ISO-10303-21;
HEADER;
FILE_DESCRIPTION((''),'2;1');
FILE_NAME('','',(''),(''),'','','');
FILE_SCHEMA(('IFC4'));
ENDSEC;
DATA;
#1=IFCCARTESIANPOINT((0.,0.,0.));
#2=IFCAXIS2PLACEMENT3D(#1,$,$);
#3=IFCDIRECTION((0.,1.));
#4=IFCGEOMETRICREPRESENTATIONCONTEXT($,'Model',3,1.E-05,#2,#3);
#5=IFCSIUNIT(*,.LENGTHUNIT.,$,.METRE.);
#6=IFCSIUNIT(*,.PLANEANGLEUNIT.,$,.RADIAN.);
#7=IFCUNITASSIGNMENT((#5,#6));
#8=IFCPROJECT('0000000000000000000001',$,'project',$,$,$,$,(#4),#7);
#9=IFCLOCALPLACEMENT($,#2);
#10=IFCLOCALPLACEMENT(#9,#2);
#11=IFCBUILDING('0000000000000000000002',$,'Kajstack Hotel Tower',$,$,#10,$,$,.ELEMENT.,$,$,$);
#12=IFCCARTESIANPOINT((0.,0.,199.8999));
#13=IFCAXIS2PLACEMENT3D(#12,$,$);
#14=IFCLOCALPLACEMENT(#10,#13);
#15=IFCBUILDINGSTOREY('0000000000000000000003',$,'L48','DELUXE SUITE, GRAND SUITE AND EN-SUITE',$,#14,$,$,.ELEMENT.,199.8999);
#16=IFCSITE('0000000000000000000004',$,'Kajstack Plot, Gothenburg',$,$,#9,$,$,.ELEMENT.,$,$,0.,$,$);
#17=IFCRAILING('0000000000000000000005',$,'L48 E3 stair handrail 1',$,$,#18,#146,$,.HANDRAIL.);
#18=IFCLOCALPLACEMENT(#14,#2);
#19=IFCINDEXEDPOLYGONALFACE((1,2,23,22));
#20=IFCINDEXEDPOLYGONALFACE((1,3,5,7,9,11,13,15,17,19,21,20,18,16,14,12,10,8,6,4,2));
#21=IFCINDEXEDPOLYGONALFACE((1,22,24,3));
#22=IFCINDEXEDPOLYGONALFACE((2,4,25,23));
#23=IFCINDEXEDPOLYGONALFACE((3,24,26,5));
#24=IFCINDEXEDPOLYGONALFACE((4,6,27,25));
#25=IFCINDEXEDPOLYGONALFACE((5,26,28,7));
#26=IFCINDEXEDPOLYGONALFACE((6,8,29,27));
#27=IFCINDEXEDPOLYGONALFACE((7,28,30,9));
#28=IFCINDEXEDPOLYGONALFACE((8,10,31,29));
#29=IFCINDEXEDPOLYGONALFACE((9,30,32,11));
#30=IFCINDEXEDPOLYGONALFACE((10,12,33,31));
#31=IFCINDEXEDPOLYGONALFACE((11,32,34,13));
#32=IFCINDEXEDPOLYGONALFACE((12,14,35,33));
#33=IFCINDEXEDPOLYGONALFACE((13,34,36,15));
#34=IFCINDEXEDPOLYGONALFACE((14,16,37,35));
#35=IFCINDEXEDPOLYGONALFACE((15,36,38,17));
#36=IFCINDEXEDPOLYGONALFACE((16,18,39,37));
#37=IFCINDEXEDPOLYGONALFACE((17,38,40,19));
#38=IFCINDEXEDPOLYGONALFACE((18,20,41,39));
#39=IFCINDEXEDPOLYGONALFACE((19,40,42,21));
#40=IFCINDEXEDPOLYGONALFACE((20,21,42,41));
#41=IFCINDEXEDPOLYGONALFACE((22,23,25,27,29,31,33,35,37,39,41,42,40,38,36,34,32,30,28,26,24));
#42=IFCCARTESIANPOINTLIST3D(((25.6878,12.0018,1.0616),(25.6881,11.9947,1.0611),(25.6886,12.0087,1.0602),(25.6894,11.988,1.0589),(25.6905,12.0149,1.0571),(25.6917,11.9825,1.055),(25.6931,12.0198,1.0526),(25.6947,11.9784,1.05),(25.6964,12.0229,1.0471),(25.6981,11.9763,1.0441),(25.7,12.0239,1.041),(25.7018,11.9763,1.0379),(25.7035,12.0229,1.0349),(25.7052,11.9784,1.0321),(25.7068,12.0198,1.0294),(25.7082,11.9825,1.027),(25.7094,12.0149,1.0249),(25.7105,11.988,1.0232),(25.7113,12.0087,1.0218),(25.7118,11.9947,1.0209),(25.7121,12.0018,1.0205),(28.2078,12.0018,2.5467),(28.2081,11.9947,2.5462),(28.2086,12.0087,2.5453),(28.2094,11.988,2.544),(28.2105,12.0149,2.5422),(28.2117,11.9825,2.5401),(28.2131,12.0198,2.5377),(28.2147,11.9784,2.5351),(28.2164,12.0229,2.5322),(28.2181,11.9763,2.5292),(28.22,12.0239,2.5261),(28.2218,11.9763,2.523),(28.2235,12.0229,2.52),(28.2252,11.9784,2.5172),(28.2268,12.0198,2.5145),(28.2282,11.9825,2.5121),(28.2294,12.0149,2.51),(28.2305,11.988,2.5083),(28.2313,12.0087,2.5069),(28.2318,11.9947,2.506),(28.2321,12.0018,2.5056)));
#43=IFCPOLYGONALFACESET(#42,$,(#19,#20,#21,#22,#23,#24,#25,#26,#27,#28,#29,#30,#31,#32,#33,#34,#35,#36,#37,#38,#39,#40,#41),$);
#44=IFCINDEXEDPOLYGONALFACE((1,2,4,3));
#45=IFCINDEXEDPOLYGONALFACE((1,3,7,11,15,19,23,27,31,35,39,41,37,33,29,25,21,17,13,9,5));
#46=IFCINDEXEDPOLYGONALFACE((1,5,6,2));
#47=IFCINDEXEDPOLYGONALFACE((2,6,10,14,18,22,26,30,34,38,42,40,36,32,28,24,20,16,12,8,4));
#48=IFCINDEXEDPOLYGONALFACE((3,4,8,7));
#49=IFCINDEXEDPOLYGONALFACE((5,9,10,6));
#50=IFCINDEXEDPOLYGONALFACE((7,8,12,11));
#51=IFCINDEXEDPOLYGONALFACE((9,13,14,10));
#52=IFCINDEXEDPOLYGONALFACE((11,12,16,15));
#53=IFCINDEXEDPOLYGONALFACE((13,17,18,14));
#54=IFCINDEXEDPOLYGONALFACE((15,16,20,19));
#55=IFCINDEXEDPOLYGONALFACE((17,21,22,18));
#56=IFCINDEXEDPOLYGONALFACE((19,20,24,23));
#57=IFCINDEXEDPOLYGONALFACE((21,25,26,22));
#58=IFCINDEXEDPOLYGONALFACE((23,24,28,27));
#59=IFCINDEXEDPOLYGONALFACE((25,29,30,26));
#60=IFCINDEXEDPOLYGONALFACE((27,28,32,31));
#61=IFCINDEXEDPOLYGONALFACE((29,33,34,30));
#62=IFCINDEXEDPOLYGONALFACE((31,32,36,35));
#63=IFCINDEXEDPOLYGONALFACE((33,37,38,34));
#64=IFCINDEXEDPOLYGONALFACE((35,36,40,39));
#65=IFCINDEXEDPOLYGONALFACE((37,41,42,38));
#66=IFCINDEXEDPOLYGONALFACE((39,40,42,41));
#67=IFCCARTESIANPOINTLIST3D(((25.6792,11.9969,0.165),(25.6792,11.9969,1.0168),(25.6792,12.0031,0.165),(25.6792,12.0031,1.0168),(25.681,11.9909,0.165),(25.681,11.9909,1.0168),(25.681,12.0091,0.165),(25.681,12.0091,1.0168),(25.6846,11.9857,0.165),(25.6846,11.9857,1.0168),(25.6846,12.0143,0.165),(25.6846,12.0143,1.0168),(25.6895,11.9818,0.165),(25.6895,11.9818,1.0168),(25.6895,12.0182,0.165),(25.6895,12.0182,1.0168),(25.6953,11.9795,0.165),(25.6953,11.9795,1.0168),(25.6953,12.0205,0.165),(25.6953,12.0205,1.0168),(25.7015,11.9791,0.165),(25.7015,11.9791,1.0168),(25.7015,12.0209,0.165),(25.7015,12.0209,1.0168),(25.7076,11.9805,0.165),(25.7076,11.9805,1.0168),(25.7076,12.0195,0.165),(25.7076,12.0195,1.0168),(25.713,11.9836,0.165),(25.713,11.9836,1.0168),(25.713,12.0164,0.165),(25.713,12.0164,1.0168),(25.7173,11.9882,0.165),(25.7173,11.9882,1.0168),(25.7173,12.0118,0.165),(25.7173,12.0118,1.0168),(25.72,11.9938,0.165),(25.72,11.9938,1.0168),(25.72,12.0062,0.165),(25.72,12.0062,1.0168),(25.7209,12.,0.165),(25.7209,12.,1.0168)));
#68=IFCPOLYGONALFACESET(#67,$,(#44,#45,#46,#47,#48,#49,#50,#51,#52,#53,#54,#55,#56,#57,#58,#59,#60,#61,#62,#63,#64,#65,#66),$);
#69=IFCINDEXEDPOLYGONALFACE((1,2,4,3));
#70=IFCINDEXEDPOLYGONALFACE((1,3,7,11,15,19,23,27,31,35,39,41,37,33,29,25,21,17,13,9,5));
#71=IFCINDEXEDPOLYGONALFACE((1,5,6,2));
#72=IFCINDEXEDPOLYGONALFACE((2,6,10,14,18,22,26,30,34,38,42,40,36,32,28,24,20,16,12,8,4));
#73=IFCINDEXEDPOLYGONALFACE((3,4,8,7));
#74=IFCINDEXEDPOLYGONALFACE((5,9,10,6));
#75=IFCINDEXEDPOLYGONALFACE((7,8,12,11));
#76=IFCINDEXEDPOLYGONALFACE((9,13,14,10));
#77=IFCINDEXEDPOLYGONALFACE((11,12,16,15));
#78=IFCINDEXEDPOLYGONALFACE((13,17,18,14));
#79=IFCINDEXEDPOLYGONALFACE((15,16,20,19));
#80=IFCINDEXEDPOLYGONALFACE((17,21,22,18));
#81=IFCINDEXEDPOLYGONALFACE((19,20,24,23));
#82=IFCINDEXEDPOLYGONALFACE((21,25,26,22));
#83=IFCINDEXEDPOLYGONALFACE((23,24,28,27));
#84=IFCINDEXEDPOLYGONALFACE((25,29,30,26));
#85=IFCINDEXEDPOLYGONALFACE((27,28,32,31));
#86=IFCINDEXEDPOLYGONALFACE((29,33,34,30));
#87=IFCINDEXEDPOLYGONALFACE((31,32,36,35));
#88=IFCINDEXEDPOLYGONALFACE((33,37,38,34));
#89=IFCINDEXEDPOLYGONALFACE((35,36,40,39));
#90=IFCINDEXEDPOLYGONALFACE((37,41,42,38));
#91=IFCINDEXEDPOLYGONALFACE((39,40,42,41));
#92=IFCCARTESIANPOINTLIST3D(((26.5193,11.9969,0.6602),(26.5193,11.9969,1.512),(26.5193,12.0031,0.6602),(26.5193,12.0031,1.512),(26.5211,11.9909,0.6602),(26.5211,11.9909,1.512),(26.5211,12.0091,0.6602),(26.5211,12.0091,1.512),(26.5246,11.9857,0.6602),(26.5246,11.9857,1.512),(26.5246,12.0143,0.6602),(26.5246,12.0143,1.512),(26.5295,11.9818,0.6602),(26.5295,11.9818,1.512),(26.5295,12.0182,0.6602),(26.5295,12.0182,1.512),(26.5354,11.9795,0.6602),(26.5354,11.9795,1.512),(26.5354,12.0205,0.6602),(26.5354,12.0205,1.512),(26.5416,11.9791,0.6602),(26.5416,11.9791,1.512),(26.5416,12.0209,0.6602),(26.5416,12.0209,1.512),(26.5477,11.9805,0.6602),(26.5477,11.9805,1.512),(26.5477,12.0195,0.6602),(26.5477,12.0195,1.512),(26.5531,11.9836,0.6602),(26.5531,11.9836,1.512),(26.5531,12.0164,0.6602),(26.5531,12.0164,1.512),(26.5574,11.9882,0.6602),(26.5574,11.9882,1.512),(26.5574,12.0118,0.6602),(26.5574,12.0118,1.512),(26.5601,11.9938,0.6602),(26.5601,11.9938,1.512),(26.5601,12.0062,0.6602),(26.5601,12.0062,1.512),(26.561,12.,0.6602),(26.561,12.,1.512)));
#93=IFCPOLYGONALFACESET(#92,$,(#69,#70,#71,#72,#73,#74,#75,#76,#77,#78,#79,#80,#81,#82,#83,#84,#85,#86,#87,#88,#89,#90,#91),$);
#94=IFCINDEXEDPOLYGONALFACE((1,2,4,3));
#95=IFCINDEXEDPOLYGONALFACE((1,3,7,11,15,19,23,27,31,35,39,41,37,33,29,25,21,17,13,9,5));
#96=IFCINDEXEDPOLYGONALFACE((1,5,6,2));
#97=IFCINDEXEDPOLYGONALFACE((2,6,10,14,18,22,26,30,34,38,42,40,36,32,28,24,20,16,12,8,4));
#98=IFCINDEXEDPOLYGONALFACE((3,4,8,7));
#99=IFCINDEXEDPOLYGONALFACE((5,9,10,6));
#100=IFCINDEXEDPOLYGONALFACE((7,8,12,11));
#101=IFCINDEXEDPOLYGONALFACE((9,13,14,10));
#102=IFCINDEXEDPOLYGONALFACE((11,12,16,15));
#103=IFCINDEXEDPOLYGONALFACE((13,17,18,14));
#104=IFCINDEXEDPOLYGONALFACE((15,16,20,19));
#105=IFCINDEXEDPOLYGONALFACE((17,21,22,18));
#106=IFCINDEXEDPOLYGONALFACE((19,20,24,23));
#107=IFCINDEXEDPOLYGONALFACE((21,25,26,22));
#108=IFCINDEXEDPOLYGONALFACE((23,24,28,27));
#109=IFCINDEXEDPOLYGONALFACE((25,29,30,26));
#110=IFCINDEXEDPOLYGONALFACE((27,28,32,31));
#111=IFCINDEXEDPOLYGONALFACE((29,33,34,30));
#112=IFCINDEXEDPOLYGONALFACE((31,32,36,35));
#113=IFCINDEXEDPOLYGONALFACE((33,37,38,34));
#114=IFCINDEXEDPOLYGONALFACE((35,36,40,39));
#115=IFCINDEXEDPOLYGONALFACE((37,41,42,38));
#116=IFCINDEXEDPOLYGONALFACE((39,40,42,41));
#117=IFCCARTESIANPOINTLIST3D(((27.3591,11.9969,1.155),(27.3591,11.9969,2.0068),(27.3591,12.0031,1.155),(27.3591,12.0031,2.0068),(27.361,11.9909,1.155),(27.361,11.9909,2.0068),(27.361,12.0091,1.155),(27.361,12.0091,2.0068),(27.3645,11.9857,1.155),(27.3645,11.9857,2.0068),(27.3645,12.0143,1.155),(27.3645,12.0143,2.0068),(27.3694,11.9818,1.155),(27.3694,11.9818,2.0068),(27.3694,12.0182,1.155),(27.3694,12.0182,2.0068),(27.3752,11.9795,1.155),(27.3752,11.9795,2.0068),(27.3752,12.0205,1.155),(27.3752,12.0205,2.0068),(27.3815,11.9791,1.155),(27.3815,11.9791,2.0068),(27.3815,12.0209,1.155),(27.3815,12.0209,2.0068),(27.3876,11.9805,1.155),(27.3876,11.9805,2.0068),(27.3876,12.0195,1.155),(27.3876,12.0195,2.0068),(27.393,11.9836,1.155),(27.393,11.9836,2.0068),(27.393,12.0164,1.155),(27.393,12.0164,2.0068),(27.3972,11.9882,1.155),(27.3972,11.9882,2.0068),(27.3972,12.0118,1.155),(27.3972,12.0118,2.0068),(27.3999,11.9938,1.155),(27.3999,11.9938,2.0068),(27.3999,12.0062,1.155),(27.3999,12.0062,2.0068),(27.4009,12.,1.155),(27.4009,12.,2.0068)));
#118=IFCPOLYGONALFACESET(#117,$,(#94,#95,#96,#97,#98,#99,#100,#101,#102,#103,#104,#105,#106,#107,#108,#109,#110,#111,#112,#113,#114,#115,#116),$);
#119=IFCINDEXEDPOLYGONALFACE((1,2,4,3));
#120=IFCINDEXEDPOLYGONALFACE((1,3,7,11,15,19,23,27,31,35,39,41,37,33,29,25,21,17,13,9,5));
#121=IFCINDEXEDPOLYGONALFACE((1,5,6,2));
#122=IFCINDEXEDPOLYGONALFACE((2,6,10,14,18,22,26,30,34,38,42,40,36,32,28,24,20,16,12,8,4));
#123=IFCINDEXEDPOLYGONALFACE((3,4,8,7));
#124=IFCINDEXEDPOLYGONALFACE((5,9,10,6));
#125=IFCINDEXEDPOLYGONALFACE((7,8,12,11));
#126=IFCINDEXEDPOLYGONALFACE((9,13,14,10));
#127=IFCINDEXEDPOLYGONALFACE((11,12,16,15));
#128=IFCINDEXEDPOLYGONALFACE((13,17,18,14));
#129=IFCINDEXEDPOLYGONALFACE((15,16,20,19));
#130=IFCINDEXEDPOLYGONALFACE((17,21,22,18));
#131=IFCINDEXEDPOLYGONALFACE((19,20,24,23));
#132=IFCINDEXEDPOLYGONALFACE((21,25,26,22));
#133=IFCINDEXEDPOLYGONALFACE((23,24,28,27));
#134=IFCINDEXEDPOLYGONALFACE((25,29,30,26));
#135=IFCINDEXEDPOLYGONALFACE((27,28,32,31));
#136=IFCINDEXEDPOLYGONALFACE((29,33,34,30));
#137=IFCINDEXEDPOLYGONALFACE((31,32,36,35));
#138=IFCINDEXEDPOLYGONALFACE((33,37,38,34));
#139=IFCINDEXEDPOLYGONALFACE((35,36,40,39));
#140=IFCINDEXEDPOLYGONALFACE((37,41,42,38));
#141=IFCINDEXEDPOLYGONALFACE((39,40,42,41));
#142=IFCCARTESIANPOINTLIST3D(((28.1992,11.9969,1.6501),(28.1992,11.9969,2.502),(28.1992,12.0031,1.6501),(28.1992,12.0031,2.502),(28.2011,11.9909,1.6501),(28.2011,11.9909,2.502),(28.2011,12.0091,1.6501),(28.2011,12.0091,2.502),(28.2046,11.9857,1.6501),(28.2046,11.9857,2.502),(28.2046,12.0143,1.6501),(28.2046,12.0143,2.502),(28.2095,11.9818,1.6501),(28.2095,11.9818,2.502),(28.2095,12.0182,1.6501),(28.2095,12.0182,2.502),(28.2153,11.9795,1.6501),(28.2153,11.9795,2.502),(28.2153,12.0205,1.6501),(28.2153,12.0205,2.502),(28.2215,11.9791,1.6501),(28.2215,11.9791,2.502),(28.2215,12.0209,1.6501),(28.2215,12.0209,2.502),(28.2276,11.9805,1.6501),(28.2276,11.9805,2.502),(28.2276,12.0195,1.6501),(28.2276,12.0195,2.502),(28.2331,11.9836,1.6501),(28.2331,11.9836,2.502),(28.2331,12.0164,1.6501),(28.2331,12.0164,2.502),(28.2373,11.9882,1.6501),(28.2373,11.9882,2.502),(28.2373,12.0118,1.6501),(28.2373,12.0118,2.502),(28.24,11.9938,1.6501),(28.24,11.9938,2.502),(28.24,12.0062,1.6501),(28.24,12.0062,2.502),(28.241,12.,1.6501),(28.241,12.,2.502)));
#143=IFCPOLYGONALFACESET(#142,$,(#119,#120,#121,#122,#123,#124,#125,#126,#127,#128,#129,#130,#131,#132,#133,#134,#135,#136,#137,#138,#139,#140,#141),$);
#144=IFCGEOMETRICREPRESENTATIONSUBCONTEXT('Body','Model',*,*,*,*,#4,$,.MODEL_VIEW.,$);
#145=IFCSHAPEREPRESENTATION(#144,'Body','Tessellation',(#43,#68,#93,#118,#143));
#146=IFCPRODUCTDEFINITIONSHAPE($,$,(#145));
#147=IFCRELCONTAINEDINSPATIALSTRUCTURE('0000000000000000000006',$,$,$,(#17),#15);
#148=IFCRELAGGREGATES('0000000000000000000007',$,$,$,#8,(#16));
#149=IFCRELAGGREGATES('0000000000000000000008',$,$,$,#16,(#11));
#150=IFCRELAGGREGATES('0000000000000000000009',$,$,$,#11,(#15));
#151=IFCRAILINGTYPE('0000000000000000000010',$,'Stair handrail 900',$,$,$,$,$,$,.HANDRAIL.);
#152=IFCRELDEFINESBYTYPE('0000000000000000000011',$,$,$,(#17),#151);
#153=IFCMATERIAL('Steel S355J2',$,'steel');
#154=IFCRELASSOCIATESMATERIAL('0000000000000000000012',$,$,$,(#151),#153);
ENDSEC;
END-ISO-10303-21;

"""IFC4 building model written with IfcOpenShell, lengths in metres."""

from ifc_helpers import new_model, si_unit, direction, frame, origin, origin_2d, place, context, subcontext, project, spatial, circle, extrude, material, type_object, element, save


model = new_model("IFC4")

# Units and contexts
model_context = context("Model", 3, precision=1e-05, world=origin(), true_north=direction((0.0, 1.0)))
body_context = subcontext(model_context, "Body", "Model", "MODEL_VIEW")
ifc_project = project(units=[si_unit("LENGTHUNIT", "METRE"), si_unit("PLANEANGLEUNIT", "RADIAN")], contexts=[model_context])

# Site, building, storey
site_placement = place(None, origin())
site = spatial("IfcSite", under=ifc_project, at=site_placement, Name="Kajstack Plot, Gothenburg", CompositionType="ELEMENT", RefElevation=0.0)
building_placement = place(site_placement, origin())
building = spatial("IfcBuilding", under=site, at=building_placement, Name="Kajstack Hotel Tower", CompositionType="ELEMENT")
storey_placement = place(building_placement, frame((0.0, 0.0, 199.8999)))
storey = spatial("IfcBuildingStorey", under=building, at=storey_placement, Name="L48", Description="DELUXE SUITE, GRAND SUITE AND EN-SUITE", CompositionType="ELEMENT", Elevation=199.8999)

# Railing
ifc_material_1 = material(Name="Steel S355J2", Category="steel")
railing_type_1 = type_object("IfcRailingType", Name="Stair handrail 900", PredefinedType="HANDRAIL", material=ifc_material_1)
railing_1_placement = place(storey_placement, frame((25.7, 12.0, 0.165)))
element("IfcRailing", 1, at=railing_1_placement, inside=storey, type_object=railing_type_1, Name="L48 E3 stair handrail 1", PredefinedType="HANDRAIL", context=body_context, shape_type="SweptSolid", body=[
    extrude(circle(Radius=0.0239, at=origin_2d()), frame((0.0, 0.0, 0.876), z_axis=(0.861524, 0.0, 0.507717), x_axis=(0.0, 1.0, 0.0)), (0.0, 0.0, 1.0), 2.925),
    extrude(circle(Radius=0.021, at=origin_2d()), origin(), (0.0, 0.0, 1.0), 0.8518),
    extrude(circle(Radius=0.021, at=origin_2d()), frame((0.8401, 0.0, 0.4951)), (0.0, 0.0, 1.0), 0.8518),
    extrude(circle(Radius=0.021, at=origin_2d()), frame((1.6799, 0.0, 0.99)), (0.0, 0.0, 1.0), 0.8518),
    extrude(circle(Radius=0.021, at=origin_2d()), frame((2.52, 0.0, 1.4851)), (0.0, 0.0, 1.0), 0.8518),
])

save(model, "model.ifc")
